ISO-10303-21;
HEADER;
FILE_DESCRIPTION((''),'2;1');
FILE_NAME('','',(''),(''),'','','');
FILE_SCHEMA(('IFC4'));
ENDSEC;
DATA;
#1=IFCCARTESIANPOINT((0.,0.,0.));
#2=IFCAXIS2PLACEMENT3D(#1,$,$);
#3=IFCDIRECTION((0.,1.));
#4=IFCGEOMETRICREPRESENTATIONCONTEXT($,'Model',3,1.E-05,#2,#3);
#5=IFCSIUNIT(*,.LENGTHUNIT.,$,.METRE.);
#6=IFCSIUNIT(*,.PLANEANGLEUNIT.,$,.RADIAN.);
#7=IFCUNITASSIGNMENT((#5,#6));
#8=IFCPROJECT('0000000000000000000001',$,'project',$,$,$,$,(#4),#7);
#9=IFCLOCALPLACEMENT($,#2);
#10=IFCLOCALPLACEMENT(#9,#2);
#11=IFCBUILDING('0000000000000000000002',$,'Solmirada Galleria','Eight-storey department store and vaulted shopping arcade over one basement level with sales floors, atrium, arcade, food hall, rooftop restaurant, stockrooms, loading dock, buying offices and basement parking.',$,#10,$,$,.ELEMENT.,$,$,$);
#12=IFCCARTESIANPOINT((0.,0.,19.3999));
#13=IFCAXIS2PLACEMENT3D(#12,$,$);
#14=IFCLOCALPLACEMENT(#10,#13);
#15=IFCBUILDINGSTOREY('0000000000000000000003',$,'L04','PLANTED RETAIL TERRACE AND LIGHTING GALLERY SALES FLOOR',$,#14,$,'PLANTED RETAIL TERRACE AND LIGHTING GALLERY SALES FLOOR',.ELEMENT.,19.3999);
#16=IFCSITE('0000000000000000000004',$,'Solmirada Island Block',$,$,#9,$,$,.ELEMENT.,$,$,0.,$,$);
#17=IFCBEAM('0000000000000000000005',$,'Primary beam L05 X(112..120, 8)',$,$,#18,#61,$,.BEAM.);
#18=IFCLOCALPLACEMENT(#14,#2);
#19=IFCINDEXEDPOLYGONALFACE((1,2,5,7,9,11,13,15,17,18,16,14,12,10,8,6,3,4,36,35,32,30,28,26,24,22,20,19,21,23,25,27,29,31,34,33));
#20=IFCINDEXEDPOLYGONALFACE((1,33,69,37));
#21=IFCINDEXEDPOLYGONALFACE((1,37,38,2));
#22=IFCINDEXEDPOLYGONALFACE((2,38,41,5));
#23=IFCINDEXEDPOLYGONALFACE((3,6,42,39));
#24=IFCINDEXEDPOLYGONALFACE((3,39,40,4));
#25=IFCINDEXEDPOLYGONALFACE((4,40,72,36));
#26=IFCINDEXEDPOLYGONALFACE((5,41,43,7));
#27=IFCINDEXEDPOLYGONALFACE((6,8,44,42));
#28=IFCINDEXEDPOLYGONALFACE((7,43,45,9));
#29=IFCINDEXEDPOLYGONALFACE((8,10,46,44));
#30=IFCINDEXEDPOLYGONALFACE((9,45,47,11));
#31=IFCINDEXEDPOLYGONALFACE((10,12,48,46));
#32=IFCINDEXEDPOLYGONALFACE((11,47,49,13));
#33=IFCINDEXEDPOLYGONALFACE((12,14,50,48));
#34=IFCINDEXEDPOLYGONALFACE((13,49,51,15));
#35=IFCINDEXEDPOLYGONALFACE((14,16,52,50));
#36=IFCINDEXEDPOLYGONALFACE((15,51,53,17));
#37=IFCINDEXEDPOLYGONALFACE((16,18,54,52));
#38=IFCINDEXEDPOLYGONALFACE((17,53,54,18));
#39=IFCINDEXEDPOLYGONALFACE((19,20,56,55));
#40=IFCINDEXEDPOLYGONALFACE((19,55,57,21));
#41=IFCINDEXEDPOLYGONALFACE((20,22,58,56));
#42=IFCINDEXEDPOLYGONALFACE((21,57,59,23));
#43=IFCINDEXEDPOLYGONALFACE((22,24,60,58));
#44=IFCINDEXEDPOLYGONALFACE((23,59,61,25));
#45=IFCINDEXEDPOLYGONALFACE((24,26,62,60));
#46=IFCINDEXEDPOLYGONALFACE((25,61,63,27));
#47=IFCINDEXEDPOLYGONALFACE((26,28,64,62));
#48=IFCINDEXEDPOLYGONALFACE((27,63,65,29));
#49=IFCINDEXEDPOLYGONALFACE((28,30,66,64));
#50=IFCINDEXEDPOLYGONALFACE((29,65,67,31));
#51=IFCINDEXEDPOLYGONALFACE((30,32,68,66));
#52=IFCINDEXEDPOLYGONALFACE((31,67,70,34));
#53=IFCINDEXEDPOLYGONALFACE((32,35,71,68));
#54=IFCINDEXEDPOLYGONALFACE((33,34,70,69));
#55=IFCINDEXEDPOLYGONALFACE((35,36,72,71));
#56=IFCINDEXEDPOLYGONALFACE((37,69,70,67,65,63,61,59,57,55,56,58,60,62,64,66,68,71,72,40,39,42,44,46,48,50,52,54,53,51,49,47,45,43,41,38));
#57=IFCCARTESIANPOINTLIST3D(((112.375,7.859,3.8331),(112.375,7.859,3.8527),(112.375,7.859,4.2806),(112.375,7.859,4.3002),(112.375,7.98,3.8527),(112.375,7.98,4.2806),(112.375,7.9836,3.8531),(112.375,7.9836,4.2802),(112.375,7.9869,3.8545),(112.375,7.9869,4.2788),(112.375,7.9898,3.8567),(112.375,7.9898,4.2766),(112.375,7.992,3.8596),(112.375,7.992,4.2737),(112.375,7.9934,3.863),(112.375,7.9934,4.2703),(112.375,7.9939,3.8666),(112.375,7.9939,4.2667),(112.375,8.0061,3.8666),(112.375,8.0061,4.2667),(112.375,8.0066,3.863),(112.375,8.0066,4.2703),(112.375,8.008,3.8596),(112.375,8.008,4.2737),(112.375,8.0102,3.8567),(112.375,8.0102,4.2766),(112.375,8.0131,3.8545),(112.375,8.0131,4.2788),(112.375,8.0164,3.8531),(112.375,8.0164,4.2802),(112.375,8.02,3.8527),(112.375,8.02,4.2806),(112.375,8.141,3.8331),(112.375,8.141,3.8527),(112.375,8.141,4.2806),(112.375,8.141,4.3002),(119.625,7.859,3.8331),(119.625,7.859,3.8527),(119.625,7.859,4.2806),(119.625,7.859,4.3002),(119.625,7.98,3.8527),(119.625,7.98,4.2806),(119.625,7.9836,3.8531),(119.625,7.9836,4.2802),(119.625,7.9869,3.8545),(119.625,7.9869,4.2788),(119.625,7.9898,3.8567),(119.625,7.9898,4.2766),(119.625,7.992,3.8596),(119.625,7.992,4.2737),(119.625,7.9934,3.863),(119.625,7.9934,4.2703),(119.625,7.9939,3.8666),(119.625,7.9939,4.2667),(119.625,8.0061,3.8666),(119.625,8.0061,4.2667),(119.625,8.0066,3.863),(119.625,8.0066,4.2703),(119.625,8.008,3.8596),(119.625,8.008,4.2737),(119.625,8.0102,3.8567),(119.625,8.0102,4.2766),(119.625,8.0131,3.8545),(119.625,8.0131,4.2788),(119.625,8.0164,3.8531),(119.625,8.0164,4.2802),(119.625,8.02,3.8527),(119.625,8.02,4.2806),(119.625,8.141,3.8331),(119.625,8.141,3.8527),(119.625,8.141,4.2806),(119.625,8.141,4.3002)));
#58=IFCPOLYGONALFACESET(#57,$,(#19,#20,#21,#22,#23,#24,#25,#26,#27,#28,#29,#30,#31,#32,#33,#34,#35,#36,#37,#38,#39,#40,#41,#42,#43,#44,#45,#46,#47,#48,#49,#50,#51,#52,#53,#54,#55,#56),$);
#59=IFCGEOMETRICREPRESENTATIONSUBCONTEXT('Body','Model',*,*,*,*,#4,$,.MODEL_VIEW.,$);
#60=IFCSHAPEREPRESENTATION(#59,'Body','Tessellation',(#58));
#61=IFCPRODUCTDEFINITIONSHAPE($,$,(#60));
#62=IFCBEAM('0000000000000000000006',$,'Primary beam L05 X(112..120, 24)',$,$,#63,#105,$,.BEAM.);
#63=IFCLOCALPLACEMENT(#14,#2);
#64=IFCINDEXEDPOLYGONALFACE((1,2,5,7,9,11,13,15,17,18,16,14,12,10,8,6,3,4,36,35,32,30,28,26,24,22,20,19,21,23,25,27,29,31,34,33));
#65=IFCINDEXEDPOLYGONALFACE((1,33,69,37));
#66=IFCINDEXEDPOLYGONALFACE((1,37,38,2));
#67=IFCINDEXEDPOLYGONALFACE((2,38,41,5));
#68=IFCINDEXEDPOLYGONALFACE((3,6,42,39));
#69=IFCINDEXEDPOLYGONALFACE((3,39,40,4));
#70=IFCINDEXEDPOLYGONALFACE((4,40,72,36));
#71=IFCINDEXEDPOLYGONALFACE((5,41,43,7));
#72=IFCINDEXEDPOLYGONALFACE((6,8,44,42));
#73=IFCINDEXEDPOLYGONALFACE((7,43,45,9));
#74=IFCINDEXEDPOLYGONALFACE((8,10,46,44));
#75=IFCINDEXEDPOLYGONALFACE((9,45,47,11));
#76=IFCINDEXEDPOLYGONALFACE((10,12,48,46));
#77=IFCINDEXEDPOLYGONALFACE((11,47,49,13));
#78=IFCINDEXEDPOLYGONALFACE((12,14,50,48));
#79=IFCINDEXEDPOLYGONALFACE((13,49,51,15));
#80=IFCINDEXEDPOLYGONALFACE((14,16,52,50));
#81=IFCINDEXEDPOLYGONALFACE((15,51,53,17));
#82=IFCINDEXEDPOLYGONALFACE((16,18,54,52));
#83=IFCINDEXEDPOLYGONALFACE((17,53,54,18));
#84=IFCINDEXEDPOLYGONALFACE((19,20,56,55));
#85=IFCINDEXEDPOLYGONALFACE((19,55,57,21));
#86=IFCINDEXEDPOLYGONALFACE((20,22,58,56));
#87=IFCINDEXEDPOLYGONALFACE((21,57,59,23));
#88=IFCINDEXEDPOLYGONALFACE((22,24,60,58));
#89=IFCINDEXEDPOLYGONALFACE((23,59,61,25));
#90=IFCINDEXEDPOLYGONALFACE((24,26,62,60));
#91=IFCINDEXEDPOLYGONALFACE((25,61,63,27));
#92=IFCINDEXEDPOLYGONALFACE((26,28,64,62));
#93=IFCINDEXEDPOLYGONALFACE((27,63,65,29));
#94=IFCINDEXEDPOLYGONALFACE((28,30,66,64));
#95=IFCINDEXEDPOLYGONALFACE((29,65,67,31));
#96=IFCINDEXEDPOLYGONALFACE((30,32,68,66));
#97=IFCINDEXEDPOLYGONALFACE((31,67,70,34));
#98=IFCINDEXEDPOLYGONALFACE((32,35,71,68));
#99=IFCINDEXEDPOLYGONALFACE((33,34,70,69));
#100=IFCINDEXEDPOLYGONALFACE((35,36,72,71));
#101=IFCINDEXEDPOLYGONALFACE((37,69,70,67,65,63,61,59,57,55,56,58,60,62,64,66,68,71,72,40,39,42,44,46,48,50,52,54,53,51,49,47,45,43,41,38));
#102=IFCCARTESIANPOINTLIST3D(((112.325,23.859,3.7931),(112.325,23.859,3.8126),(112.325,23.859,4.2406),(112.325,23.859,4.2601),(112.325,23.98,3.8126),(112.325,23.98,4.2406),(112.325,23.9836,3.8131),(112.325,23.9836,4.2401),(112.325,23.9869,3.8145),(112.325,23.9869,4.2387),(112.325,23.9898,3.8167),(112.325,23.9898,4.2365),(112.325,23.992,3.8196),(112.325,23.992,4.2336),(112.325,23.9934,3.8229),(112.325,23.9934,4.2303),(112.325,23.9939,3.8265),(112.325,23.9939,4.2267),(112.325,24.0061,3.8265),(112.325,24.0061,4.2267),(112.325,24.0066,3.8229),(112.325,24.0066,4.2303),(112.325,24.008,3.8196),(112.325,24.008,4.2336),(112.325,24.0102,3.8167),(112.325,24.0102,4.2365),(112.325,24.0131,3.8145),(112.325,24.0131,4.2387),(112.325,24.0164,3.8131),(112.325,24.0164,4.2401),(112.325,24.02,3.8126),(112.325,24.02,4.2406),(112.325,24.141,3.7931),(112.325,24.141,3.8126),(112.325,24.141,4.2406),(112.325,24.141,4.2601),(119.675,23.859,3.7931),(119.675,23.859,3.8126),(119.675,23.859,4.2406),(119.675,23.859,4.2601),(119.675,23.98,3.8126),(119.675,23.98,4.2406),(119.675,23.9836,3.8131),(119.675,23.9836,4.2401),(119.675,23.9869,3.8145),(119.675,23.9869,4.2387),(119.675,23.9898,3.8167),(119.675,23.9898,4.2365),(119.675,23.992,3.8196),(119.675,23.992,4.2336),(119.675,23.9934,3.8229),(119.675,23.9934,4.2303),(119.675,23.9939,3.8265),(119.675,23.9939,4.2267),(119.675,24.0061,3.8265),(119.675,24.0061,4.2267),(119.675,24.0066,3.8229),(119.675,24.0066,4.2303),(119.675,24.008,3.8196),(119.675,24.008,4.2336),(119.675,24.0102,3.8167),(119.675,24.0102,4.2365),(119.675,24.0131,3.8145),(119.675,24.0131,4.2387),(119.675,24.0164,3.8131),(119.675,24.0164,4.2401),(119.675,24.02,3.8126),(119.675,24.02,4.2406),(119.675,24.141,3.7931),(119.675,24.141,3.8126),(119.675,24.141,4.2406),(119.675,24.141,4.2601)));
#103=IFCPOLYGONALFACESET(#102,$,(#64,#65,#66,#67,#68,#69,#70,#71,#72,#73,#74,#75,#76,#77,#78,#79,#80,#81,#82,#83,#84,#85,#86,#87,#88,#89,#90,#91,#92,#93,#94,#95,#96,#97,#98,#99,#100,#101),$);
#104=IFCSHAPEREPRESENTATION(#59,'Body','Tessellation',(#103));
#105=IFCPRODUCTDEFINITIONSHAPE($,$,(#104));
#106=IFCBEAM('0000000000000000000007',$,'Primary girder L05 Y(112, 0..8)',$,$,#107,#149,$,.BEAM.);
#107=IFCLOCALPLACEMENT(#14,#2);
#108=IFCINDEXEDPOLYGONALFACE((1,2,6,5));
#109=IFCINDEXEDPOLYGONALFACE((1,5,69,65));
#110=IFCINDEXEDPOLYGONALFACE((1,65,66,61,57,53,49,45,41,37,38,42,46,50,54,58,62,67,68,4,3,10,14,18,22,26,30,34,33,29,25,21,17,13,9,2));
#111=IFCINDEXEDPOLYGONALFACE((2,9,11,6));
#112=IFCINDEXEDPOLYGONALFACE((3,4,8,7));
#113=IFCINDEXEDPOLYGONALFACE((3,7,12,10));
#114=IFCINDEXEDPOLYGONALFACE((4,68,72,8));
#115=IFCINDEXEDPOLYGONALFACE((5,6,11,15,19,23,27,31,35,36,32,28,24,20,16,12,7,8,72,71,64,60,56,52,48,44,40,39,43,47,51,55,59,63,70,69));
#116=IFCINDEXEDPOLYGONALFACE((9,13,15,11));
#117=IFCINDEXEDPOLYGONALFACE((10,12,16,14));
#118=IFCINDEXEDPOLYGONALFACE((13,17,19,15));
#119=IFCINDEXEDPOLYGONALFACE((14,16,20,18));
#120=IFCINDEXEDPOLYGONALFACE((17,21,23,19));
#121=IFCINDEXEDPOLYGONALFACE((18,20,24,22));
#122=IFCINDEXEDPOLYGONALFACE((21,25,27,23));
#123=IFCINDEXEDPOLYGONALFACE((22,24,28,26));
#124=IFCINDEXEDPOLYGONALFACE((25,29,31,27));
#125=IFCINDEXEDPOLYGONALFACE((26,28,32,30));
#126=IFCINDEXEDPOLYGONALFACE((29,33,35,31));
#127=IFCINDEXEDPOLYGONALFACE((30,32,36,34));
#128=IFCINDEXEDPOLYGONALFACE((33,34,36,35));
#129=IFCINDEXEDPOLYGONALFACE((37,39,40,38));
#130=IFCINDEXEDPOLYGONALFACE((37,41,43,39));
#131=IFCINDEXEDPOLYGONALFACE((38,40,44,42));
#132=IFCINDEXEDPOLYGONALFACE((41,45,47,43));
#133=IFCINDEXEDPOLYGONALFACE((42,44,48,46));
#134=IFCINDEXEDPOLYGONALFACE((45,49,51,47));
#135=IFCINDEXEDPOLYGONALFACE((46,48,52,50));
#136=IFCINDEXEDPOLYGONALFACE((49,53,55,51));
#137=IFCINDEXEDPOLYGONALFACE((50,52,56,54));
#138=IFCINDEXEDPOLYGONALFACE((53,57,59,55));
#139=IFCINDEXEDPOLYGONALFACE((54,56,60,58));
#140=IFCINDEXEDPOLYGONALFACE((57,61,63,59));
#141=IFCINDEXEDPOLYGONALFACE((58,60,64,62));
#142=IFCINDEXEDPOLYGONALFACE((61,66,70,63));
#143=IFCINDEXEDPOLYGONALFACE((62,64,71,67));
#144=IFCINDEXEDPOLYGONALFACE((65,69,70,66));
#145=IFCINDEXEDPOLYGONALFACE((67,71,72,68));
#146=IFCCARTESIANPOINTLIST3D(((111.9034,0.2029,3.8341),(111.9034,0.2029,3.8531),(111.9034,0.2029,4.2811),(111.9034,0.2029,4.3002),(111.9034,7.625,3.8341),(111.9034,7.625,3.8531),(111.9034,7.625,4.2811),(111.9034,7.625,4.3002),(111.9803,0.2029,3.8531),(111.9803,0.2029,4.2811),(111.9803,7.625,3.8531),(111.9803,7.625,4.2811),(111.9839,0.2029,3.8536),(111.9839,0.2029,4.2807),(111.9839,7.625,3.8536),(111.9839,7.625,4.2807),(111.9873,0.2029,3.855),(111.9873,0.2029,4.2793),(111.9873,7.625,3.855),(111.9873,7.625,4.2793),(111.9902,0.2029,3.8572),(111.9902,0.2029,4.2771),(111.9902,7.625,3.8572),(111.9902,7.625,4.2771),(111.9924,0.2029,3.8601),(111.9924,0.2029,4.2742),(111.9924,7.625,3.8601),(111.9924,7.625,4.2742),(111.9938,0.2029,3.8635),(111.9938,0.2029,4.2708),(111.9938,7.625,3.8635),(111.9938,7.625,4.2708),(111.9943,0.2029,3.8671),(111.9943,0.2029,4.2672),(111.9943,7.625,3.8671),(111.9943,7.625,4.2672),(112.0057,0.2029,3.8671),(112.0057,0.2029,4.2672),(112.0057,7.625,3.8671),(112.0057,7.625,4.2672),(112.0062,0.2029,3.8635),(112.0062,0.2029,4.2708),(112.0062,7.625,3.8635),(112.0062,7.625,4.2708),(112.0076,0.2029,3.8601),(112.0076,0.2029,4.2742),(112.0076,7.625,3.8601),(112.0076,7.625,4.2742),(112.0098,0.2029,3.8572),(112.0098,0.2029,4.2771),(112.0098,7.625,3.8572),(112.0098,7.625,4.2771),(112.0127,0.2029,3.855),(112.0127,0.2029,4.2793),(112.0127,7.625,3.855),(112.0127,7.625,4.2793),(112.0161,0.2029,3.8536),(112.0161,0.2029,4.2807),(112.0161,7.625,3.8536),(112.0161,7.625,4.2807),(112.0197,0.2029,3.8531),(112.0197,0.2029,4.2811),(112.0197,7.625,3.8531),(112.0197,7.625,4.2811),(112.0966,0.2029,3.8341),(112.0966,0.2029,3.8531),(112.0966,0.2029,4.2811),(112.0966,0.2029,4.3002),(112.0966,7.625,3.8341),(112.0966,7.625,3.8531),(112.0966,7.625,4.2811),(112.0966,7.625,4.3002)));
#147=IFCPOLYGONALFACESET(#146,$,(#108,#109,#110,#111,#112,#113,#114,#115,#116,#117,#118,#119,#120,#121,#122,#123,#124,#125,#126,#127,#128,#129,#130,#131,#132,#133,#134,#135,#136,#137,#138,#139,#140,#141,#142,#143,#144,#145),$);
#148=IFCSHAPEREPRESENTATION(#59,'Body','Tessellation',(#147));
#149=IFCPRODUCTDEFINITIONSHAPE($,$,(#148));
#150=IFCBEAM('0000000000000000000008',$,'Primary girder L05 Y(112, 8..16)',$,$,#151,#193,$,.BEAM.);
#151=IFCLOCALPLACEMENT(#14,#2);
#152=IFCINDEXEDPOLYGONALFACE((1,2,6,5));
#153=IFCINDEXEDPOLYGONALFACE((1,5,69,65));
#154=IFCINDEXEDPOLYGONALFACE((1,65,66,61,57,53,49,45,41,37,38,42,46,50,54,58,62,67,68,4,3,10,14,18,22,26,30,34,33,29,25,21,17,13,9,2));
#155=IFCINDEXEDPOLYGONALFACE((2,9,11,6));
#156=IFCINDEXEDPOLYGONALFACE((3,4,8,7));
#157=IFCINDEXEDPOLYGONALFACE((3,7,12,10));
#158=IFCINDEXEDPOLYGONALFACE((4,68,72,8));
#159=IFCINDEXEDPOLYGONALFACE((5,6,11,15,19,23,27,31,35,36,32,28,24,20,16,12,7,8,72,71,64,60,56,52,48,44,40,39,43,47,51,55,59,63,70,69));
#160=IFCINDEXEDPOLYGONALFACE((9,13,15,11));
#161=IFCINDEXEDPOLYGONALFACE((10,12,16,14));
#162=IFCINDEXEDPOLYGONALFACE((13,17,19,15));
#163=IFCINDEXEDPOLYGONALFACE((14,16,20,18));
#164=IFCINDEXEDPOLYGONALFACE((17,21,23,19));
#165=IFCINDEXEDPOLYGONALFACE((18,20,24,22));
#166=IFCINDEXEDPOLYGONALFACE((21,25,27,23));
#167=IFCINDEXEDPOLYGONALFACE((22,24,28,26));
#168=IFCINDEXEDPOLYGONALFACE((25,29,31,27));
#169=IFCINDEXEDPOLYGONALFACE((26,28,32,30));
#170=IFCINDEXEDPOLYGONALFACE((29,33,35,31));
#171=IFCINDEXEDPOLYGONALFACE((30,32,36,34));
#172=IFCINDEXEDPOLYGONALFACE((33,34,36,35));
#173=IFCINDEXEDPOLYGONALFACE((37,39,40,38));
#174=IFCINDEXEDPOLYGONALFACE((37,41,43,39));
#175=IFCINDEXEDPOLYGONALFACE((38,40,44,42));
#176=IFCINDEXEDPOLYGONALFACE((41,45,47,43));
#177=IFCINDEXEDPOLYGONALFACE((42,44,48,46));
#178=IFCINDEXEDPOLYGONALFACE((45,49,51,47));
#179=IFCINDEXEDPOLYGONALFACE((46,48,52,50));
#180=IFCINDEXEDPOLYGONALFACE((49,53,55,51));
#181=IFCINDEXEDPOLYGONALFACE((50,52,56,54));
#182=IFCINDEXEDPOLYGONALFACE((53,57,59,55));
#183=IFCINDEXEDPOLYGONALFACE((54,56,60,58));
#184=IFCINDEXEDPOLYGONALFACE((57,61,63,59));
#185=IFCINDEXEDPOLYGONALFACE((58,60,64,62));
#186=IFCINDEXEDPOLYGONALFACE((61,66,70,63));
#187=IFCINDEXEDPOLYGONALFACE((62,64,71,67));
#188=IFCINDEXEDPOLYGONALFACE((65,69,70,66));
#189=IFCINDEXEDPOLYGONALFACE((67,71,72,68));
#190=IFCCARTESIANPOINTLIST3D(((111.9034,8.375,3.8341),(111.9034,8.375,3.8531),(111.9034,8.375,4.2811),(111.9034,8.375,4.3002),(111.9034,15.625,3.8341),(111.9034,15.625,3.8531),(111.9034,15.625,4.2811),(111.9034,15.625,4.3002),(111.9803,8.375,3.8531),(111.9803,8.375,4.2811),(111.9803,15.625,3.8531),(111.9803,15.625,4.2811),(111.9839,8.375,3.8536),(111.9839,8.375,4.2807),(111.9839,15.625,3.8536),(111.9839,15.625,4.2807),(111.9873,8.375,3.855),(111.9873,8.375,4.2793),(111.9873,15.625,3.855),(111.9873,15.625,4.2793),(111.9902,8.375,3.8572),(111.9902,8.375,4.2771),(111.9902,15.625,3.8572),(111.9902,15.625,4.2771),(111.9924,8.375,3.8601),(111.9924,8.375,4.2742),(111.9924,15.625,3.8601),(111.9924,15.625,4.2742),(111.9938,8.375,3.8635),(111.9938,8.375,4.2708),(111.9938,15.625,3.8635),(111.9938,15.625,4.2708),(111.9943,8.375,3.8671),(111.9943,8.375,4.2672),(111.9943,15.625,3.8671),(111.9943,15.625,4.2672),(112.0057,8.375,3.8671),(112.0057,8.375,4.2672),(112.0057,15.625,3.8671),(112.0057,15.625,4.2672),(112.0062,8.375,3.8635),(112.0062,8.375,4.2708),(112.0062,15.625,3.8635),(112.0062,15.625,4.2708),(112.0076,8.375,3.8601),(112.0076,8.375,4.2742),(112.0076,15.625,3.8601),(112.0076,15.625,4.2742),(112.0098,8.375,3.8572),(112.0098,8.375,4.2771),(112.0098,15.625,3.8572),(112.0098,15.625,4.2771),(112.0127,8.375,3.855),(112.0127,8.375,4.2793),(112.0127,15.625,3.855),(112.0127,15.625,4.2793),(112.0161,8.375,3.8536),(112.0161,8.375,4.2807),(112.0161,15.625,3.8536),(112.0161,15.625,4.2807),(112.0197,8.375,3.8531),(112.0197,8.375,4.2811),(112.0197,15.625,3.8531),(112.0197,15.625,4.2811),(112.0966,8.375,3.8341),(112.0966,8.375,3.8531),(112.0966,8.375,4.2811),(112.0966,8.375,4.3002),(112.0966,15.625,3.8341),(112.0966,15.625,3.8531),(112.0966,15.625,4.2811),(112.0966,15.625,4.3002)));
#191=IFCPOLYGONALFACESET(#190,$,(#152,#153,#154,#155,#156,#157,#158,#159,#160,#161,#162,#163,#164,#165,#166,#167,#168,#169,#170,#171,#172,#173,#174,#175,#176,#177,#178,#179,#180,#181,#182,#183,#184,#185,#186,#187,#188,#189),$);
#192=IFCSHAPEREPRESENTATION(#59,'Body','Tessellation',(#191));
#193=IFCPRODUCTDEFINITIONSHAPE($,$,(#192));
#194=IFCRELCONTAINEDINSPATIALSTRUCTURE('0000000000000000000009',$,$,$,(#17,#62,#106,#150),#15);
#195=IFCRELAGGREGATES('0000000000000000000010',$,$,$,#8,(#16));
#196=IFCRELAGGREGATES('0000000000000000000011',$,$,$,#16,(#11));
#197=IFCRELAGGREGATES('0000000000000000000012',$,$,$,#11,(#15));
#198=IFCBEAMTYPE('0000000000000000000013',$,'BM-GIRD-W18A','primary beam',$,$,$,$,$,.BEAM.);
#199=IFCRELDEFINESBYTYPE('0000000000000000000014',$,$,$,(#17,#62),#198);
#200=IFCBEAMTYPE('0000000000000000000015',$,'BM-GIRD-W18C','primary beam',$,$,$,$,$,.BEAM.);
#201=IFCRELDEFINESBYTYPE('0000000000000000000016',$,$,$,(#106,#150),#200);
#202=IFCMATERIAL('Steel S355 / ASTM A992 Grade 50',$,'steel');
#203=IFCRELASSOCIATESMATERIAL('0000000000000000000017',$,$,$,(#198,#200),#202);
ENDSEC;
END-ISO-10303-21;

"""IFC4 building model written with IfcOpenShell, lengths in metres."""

from ifc_helpers import new_model, si_unit, direction, frame, origin, origin_2d, place, context, subcontext, project, spatial, i_section, extrude, material, material_profile, profile_set, type_object, element, save


model = new_model("IFC4")

# Units and contexts
model_context = context("Model", 3, precision=1e-05, world=origin(), true_north=direction((0.0, 1.0)))
body_context = subcontext(model_context, "Body", "Model", "MODEL_VIEW")
ifc_project = project(units=[si_unit("LENGTHUNIT", "METRE"), si_unit("PLANEANGLEUNIT", "RADIAN")], contexts=[model_context])

# Site, building, storey
site_placement = place(None, origin())
site = spatial("IfcSite", under=ifc_project, at=site_placement, Name="Solmirada Island Block", CompositionType="ELEMENT", RefElevation=0.0)
building_placement = place(site_placement, origin())
building = spatial("IfcBuilding", under=site, at=building_placement, Name="Solmirada Galleria", Description="Eight-storey department store and vaulted shopping arcade over one basement level with sales floors, atrium, arcade, food hall, rooftop restaurant, stockrooms, loading dock, buying offices and basement parking.", CompositionType="ELEMENT")
storey_placement = place(building_placement, frame((0.0, 0.0, 19.3999)))
storey = spatial("IfcBuildingStorey", under=building, at=storey_placement, Name="L04", Description="PLANTED RETAIL TERRACE AND LIGHTING GALLERY SALES FLOOR", LongName="PLANTED RETAIL TERRACE AND LIGHTING GALLERY SALES FLOOR", CompositionType="ELEMENT", Elevation=19.3999)

# Beams
ifc_material_1 = material(Name="Steel S355 / ASTM A992 Grade 50", Category="steel")
ifc_material_profile_1 = material_profile(ifc_material_1, i_section(OverallWidth=0.282, OverallDepth=0.467, WebThickness=0.0122, FlangeThickness=0.0195, FilletRadius=0.0139, at=origin_2d()), Name="W18X86")
ifc_profile_set_1 = profile_set([ifc_material_profile_1], Name="Steel S355 / ASTM A992 Grade 50")
beam_type_1 = type_object("IfcBeamType", Name="BM-GIRD-W18A", Description="primary beam", PredefinedType="BEAM", material=ifc_profile_set_1)
beam_1_placement = place(storey_placement, frame((112.375, 8.0, 4.0667), z_axis=(1.0, 0.0, 0.0), x_axis=(0.0, 1.0, 0.0)))
element("IfcBeam", 1, at=beam_1_placement, inside=storey, type_object=beam_type_1, Name="Primary beam L05 X(112..120, 8)", PredefinedType="BEAM", context=body_context, shape_type="SweptSolid", body=[
    extrude(i_section(OverallWidth=0.282, OverallDepth=0.467, WebThickness=0.0122, FlangeThickness=0.0195, FilletRadius=0.0139, at=origin_2d()), origin(), (0.0, 0.0, 1.0), 7.25),
])
beam_2_placement = place(storey_placement, frame((112.325, 24.0, 4.0266), z_axis=(1.0, 0.0, 0.0), x_axis=(0.0, 1.0, 0.0)))
element("IfcBeam", 2, at=beam_2_placement, inside=storey, type_object=beam_type_1, Name="Primary beam L05 X(112..120, 24)", PredefinedType="BEAM", context=body_context, shape_type="SweptSolid", body=[
    extrude(i_section(OverallWidth=0.282, OverallDepth=0.467, WebThickness=0.0122, FlangeThickness=0.0195, FilletRadius=0.0139, at=origin_2d()), origin(), (0.0, 0.0, 1.0), 7.3501),
])
ifc_material_profile_2 = material_profile(ifc_material_1, i_section(OverallWidth=0.1931, OverallDepth=0.4661, WebThickness=0.0115, FlangeThickness=0.019, FilletRadius=0.0139, at=origin_2d()), Name="W18X65")
ifc_profile_set_2 = profile_set([ifc_material_profile_2], Name="Steel S355 / ASTM A992 Grade 50")
beam_type_2 = type_object("IfcBeamType", Name="BM-GIRD-W18C", Description="primary beam", PredefinedType="BEAM", material=ifc_profile_set_2)
beam_3_placement = place(storey_placement, frame((112.0, 0.2029, 4.0671), z_axis=(0.0, 1.0, 0.0), x_axis=(-1.0, 0.0, 0.0)))
element("IfcBeam", 3, at=beam_3_placement, inside=storey, type_object=beam_type_2, Name="Primary girder L05 Y(112, 0..8)", PredefinedType="BEAM", context=body_context, shape_type="SweptSolid", body=[
    extrude(i_section(OverallWidth=0.1931, OverallDepth=0.4661, WebThickness=0.0115, FlangeThickness=0.019, FilletRadius=0.0139, at=origin_2d()), origin(), (0.0, 0.0, 1.0), 7.4221),
])
beam_4_placement = place(storey_placement, frame((112.0, 8.375, 4.0671), z_axis=(0.0, 1.0, 0.0), x_axis=(-1.0, 0.0, 0.0)))
element("IfcBeam", 4, at=beam_4_placement, inside=storey, type_object=beam_type_2, Name="Primary girder L05 Y(112, 8..16)", PredefinedType="BEAM", context=body_context, shape_type="SweptSolid", body=[
    extrude(i_section(OverallWidth=0.1931, OverallDepth=0.4661, WebThickness=0.0115, FlangeThickness=0.019, FilletRadius=0.0139, at=origin_2d()), origin(), (0.0, 0.0, 1.0), 7.25),
])

save(model, "model.ifc")
